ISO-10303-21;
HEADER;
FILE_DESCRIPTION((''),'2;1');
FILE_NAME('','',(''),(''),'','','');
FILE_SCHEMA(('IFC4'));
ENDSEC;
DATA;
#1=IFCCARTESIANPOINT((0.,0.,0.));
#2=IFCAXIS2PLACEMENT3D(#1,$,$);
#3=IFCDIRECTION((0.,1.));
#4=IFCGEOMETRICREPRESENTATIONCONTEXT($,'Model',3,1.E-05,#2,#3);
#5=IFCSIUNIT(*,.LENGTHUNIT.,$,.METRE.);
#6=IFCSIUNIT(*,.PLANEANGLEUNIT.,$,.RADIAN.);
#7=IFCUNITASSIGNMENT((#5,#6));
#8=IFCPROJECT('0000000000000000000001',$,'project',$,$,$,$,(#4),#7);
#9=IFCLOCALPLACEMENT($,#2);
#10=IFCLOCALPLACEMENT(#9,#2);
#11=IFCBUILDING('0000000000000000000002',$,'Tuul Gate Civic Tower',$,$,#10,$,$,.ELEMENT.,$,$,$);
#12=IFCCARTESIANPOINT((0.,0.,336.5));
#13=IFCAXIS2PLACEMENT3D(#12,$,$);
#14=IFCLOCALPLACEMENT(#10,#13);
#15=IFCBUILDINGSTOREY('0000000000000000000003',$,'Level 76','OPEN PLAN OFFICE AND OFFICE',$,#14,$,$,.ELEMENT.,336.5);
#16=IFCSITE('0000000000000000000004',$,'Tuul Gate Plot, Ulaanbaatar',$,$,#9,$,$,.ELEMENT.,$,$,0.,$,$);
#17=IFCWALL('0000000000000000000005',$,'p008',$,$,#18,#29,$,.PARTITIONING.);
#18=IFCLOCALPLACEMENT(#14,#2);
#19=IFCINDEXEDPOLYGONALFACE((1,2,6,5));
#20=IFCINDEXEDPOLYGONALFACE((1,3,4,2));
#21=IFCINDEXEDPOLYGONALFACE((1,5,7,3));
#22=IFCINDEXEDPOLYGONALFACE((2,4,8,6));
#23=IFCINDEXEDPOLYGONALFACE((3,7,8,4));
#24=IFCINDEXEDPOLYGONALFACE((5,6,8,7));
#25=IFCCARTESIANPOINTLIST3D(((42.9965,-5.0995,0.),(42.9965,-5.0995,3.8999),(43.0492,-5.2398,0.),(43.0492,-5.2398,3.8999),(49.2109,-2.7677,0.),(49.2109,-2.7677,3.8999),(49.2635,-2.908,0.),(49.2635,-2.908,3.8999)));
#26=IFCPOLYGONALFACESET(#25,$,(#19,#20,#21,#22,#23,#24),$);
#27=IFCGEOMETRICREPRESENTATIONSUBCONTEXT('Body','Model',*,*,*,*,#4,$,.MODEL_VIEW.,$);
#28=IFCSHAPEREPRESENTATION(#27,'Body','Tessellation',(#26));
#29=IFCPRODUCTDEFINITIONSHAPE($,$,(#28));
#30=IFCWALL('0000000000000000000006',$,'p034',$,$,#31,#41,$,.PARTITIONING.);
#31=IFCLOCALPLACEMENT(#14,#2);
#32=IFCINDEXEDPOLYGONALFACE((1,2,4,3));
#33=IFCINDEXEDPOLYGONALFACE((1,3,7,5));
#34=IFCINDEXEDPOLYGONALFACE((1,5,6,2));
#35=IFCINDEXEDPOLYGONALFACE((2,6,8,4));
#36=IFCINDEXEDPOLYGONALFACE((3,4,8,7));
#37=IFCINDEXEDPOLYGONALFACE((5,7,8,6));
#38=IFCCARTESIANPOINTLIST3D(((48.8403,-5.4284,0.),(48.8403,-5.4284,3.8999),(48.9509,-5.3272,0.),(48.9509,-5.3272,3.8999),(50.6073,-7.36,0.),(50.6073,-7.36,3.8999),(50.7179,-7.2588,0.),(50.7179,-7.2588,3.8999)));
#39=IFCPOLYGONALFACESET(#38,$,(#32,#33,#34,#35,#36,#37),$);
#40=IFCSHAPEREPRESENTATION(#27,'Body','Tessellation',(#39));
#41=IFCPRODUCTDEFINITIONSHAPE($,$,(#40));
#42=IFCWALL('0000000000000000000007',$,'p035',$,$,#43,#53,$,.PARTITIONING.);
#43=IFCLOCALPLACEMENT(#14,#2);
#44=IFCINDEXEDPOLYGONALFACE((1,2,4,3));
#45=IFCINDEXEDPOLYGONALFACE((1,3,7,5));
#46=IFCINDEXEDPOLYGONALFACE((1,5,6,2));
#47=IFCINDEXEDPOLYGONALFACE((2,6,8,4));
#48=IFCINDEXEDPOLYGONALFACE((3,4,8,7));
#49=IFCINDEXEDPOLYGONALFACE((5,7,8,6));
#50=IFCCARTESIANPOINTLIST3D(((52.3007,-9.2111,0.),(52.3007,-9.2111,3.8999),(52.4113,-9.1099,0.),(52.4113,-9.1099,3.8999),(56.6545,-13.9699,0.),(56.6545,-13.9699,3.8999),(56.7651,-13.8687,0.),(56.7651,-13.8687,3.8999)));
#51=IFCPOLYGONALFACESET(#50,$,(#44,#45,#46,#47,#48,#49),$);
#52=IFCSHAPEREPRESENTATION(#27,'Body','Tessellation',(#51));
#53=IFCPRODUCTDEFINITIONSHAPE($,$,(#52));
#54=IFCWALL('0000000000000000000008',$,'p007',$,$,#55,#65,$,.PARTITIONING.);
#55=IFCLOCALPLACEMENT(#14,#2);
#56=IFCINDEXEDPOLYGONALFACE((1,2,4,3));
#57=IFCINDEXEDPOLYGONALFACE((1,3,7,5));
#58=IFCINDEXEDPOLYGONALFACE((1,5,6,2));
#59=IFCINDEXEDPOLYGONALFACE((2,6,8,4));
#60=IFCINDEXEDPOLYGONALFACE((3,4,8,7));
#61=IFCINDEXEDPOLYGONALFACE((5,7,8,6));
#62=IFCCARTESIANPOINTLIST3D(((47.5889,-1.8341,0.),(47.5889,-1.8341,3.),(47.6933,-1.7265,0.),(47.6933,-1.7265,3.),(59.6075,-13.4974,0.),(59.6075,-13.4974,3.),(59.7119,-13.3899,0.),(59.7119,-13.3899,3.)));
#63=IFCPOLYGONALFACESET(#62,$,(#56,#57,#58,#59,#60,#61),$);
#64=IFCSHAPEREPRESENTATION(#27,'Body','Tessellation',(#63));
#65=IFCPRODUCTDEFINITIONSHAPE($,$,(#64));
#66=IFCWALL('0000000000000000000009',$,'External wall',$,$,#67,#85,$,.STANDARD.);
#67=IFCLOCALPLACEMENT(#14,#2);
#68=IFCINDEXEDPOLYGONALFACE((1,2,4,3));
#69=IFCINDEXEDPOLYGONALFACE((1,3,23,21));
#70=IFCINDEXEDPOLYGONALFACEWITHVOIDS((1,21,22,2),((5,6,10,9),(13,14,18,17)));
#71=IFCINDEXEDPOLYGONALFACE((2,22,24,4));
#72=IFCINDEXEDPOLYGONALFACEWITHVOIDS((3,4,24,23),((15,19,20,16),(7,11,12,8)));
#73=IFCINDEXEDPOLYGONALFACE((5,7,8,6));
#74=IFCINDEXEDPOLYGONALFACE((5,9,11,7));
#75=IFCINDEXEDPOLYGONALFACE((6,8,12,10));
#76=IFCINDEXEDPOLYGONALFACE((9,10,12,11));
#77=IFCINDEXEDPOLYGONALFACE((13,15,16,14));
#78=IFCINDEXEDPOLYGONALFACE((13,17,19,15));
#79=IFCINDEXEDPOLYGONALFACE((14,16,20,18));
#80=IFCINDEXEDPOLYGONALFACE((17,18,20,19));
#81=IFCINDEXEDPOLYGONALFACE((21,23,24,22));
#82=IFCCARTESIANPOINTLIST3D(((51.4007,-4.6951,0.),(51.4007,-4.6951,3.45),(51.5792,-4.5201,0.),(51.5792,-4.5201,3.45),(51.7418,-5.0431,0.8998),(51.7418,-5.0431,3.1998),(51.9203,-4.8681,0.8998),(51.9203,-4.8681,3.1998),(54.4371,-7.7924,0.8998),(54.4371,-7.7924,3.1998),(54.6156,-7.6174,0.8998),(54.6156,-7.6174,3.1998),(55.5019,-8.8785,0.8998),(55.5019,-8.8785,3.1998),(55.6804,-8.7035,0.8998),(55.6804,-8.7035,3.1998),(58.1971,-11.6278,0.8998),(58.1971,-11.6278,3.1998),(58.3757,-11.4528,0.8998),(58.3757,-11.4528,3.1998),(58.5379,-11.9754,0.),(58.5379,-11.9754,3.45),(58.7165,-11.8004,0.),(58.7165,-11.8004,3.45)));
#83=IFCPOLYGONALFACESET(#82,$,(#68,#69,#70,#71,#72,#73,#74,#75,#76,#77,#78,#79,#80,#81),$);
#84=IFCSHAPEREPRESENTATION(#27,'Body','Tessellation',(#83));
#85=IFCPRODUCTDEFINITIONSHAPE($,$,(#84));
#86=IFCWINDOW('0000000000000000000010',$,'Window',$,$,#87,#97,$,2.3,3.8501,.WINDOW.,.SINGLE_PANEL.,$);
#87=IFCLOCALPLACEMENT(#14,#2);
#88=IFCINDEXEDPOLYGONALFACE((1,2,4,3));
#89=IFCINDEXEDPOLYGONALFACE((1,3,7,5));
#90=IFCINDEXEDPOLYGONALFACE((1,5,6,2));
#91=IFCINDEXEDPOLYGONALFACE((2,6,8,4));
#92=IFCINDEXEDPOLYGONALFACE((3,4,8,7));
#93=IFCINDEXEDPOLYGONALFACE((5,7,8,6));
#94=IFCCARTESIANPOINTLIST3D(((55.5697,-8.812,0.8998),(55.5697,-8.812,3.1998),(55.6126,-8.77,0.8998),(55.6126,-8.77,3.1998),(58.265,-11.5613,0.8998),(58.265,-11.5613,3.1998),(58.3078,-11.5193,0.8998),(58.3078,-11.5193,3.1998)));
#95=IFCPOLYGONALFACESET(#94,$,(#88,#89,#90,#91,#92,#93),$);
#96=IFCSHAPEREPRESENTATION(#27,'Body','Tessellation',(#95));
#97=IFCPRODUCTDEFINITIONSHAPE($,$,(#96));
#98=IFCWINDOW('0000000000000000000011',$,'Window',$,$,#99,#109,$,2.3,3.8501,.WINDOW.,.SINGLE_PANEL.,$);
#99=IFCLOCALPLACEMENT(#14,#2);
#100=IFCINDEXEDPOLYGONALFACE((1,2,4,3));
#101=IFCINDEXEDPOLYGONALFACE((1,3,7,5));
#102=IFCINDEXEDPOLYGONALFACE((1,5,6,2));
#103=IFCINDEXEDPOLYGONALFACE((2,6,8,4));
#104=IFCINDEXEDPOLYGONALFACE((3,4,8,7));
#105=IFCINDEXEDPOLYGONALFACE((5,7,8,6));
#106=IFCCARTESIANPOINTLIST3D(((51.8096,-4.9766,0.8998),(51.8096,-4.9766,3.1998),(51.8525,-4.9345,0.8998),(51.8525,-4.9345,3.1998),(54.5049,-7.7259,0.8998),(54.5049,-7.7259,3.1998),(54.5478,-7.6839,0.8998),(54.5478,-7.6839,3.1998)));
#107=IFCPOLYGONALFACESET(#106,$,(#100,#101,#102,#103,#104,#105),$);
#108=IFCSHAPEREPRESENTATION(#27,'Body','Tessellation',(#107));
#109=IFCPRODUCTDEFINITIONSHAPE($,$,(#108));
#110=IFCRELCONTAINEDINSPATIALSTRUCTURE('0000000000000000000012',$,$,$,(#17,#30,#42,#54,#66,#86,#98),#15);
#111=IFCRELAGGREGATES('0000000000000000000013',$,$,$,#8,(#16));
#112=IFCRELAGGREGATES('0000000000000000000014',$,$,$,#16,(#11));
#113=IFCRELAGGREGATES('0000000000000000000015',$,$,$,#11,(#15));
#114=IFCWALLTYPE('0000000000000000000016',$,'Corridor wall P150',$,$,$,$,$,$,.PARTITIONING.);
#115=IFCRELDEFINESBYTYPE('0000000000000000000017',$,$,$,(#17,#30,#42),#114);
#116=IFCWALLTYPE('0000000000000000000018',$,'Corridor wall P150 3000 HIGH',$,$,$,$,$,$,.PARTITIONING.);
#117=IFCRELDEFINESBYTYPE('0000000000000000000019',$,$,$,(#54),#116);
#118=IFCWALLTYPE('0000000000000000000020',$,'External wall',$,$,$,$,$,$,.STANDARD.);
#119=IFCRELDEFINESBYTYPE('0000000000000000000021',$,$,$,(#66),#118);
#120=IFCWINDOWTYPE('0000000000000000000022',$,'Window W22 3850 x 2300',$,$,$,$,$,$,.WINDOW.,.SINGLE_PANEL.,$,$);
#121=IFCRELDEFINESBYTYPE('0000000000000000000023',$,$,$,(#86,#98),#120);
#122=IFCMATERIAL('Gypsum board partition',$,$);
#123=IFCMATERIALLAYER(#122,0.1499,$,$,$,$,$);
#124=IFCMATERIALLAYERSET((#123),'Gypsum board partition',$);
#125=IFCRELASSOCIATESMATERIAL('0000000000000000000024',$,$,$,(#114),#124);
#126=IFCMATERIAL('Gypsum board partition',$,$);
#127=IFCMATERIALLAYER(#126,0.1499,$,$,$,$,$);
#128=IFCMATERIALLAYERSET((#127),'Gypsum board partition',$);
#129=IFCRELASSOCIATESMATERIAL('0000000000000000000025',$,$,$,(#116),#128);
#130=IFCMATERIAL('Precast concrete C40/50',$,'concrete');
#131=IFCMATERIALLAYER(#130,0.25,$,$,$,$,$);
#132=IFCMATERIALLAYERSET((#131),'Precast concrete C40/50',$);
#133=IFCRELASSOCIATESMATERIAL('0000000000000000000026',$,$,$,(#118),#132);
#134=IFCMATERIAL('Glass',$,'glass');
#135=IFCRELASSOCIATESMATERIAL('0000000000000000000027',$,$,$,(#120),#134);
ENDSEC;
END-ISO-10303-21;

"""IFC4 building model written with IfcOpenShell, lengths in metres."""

from ifc_helpers import new_model, si_unit, direction, frame, frame_2d, origin, place, context, subcontext, project, spatial, rectangle, extrude, material, layer, layer_set, type_object, element, fill, save


model = new_model("IFC4")

# Units and contexts
model_context = context("Model", 3, precision=1e-05, world=origin(), true_north=direction((0.0, 1.0)))
body_context = subcontext(model_context, "Body", "Model", "MODEL_VIEW")
ifc_project = project(units=[si_unit("LENGTHUNIT", "METRE"), si_unit("PLANEANGLEUNIT", "RADIAN")], contexts=[model_context])

# Site, building, storey
site_placement = place(None, origin())
site = spatial("IfcSite", under=ifc_project, at=site_placement, Name="Tuul Gate Plot, Ulaanbaatar", CompositionType="ELEMENT", RefElevation=0.0)
building_placement = place(site_placement, origin())
building = spatial("IfcBuilding", under=site, at=building_placement, Name="Tuul Gate Civic Tower", CompositionType="ELEMENT")
storey_placement = place(building_placement, frame((0.0, 0.0, 336.5)))
storey = spatial("IfcBuildingStorey", under=building, at=storey_placement, Name="Level 76", Description="OPEN PLAN OFFICE AND OFFICE", CompositionType="ELEMENT", Elevation=336.5)

# Walls
ifc_material_1 = material(Name="Gypsum board partition")
ifc_layer_1 = layer(ifc_material_1, 0.1499)
ifc_layer_set_1 = layer_set([ifc_layer_1], Name="Gypsum board partition")
wall_type_1 = type_object("IfcWallType", Name="Corridor wall P150", PredefinedType="PARTITIONING", material=ifc_layer_set_1)
wall_1_placement = place(storey_placement, frame((43.0227, -5.1697, 0.0), z_axis=(0.0, 0.0, 1.0), x_axis=(0.93626, 0.351309, 0.0)))
element("IfcWall", 1, at=wall_1_placement, inside=storey, type_object=wall_type_1, Name="p008", PredefinedType="PARTITIONING", context=body_context, shape_type="SweptSolid", body=[
    extrude(rectangle(XDim=6.6375, YDim=0.1499, at=frame_2d((3.3188, 0.0))), origin(), (0.0, 0.0, 1.0), 3.8999),
])
wall_2_placement = place(storey_placement, frame((48.8955, -5.3777, 0.0), z_axis=(0.0, 0.0, 1.0), x_axis=(0.674981, -0.737835, 0.0)))
element("IfcWall", 2, at=wall_2_placement, inside=storey, type_object=wall_type_1, Name="p034", PredefinedType="PARTITIONING", context=body_context, shape_type="SweptSolid", body=[
    extrude(rectangle(XDim=2.6179, YDim=0.1499, at=frame_2d((1.3091, 0.0))), origin(), (0.0, 0.0, 1.0), 3.8999),
])
wall_3_placement = place(storey_placement, frame((52.356, -9.1604, 0.0), z_axis=(0.0, 0.0, 1.0), x_axis=(0.675011, -0.737807, 0.0)))
element("IfcWall", 3, at=wall_3_placement, inside=storey, type_object=wall_type_1, Name="p035", PredefinedType="PARTITIONING", context=body_context, shape_type="SweptSolid", body=[
    extrude(rectangle(XDim=6.45, YDim=0.1499, at=frame_2d((3.2251, 0.0))), origin(), (0.0, 0.0, 1.0), 3.8999),
])
ifc_material_2 = material(Name="Gypsum board partition")
ifc_layer_2 = layer(ifc_material_2, 0.1499)
ifc_layer_set_2 = layer_set([ifc_layer_2], Name="Gypsum board partition")
wall_type_2 = type_object("IfcWallType", Name="Corridor wall P150 3000 HIGH", PredefinedType="PARTITIONING", material=ifc_layer_set_2)
wall_4_placement = place(storey_placement, frame((47.6411, -1.7803, 0.0), z_axis=(0.0, 0.0, 1.0), x_axis=(0.717633, -0.696422, 0.0)))
element("IfcWall", 4, at=wall_4_placement, inside=storey, type_object=wall_type_2, Name="p007", PredefinedType="PARTITIONING", context=body_context, shape_type="SweptSolid", body=[
    extrude(rectangle(XDim=16.7476, YDim=0.1499, at=frame_2d((8.3738, 0.0))), origin(), (0.0, 0.0, 1.0), 3.0),
])

# Wall, openings, windows
ifc_material_3 = material(Name="Precast concrete C40/50", Category="concrete")
ifc_layer_3 = layer(ifc_material_3, 0.25)
ifc_layer_set_3 = layer_set([ifc_layer_3], Name="Precast concrete C40/50")
wall_type_3 = type_object("IfcWallType", Name="External wall", PredefinedType="STANDARD", material=ifc_layer_set_3)
wall_5_placement = place(storey_placement, frame((58.6272, -11.8879, 0.0), z_axis=(0.0, 0.0, 1.0), x_axis=(-0.700056, 0.714088, 0.0)))
wall_5 = element("IfcWall", 5, at=wall_5_placement, inside=storey, type_object=wall_type_3, Name="External wall", PredefinedType="STANDARD", context=body_context, shape_type="SweptSolid", body=[
    extrude(rectangle(XDim=10.1953, YDim=0.25, at=frame_2d((5.0977, 0.0))), origin(), (0.0, 0.0, 1.0), 3.45),
])
opening_1_placement = place(wall_5_placement, frame((0.4868, 0.0, 0.8999)))
opening_1 = element("IfcOpeningElement", 6, at=opening_1_placement, cuts=wall_5, PredefinedType="OPENING", context=body_context, shape_type="SweptSolid", body=[
    extrude(rectangle(XDim=3.8501, YDim=2.3, at=frame_2d((1.925, 1.1499))), frame((0.0, 0.135, 0.0), z_axis=(0.0, -1.0, 0.0), x_axis=(1.0, 0.0, 0.0)), (0.0, 0.0, 1.0), 0.27),
])
opening_2_placement = place(wall_5_placement, frame((5.8579, 0.0, 0.8999)))
opening_2 = element("IfcOpeningElement", 7, at=opening_2_placement, cuts=wall_5, PredefinedType="OPENING", context=body_context, shape_type="SweptSolid", body=[
    extrude(rectangle(XDim=3.8501, YDim=2.3, at=frame_2d((1.925, 1.1499))), frame((0.0, 0.135, 0.0), z_axis=(0.0, -1.0, 0.0), x_axis=(1.0, 0.0, 0.0)), (0.0, 0.0, 1.0), 0.27),
])
ifc_material_4 = material(Name="Glass", Category="glass")
window_type_1 = type_object("IfcWindowType", Name="Window W22 3850 x 2300", PartitioningType="SINGLE_PANEL", PredefinedType="WINDOW", material=ifc_material_4)
window_1_placement = place(opening_1_placement, origin())
window_1 = element("IfcWindow", 8, at=window_1_placement, inside=storey, type_object=window_type_1, Name="Window", OverallHeight=2.3, OverallWidth=3.8501, PartitioningType="SINGLE_PANEL", PredefinedType="WINDOW", context=body_context, shape_type="SweptSolid", body=[
    extrude(rectangle(XDim=3.8501, YDim=2.3, at=frame_2d((1.925, 1.1499))), frame((0.0, 0.03, 0.0), z_axis=(0.0, -1.0, 0.0), x_axis=(1.0, 0.0, 0.0)), (0.0, 0.0, 1.0), 0.0601),
])
fill(opening_1, window_1)
window_2_placement = place(opening_2_placement, origin())
window_2 = element("IfcWindow", 9, at=window_2_placement, inside=storey, type_object=window_type_1, Name="Window", OverallHeight=2.3, OverallWidth=3.8501, PartitioningType="SINGLE_PANEL", PredefinedType="WINDOW", context=body_context, shape_type="SweptSolid", body=[
    extrude(rectangle(XDim=3.8501, YDim=2.3, at=frame_2d((1.925, 1.1499))), frame((0.0, 0.03, 0.0), z_axis=(0.0, -1.0, 0.0), x_axis=(1.0, 0.0, 0.0)), (0.0, 0.0, 1.0), 0.0601),
])
fill(opening_2, window_2)

save(model, "model.ifc")
